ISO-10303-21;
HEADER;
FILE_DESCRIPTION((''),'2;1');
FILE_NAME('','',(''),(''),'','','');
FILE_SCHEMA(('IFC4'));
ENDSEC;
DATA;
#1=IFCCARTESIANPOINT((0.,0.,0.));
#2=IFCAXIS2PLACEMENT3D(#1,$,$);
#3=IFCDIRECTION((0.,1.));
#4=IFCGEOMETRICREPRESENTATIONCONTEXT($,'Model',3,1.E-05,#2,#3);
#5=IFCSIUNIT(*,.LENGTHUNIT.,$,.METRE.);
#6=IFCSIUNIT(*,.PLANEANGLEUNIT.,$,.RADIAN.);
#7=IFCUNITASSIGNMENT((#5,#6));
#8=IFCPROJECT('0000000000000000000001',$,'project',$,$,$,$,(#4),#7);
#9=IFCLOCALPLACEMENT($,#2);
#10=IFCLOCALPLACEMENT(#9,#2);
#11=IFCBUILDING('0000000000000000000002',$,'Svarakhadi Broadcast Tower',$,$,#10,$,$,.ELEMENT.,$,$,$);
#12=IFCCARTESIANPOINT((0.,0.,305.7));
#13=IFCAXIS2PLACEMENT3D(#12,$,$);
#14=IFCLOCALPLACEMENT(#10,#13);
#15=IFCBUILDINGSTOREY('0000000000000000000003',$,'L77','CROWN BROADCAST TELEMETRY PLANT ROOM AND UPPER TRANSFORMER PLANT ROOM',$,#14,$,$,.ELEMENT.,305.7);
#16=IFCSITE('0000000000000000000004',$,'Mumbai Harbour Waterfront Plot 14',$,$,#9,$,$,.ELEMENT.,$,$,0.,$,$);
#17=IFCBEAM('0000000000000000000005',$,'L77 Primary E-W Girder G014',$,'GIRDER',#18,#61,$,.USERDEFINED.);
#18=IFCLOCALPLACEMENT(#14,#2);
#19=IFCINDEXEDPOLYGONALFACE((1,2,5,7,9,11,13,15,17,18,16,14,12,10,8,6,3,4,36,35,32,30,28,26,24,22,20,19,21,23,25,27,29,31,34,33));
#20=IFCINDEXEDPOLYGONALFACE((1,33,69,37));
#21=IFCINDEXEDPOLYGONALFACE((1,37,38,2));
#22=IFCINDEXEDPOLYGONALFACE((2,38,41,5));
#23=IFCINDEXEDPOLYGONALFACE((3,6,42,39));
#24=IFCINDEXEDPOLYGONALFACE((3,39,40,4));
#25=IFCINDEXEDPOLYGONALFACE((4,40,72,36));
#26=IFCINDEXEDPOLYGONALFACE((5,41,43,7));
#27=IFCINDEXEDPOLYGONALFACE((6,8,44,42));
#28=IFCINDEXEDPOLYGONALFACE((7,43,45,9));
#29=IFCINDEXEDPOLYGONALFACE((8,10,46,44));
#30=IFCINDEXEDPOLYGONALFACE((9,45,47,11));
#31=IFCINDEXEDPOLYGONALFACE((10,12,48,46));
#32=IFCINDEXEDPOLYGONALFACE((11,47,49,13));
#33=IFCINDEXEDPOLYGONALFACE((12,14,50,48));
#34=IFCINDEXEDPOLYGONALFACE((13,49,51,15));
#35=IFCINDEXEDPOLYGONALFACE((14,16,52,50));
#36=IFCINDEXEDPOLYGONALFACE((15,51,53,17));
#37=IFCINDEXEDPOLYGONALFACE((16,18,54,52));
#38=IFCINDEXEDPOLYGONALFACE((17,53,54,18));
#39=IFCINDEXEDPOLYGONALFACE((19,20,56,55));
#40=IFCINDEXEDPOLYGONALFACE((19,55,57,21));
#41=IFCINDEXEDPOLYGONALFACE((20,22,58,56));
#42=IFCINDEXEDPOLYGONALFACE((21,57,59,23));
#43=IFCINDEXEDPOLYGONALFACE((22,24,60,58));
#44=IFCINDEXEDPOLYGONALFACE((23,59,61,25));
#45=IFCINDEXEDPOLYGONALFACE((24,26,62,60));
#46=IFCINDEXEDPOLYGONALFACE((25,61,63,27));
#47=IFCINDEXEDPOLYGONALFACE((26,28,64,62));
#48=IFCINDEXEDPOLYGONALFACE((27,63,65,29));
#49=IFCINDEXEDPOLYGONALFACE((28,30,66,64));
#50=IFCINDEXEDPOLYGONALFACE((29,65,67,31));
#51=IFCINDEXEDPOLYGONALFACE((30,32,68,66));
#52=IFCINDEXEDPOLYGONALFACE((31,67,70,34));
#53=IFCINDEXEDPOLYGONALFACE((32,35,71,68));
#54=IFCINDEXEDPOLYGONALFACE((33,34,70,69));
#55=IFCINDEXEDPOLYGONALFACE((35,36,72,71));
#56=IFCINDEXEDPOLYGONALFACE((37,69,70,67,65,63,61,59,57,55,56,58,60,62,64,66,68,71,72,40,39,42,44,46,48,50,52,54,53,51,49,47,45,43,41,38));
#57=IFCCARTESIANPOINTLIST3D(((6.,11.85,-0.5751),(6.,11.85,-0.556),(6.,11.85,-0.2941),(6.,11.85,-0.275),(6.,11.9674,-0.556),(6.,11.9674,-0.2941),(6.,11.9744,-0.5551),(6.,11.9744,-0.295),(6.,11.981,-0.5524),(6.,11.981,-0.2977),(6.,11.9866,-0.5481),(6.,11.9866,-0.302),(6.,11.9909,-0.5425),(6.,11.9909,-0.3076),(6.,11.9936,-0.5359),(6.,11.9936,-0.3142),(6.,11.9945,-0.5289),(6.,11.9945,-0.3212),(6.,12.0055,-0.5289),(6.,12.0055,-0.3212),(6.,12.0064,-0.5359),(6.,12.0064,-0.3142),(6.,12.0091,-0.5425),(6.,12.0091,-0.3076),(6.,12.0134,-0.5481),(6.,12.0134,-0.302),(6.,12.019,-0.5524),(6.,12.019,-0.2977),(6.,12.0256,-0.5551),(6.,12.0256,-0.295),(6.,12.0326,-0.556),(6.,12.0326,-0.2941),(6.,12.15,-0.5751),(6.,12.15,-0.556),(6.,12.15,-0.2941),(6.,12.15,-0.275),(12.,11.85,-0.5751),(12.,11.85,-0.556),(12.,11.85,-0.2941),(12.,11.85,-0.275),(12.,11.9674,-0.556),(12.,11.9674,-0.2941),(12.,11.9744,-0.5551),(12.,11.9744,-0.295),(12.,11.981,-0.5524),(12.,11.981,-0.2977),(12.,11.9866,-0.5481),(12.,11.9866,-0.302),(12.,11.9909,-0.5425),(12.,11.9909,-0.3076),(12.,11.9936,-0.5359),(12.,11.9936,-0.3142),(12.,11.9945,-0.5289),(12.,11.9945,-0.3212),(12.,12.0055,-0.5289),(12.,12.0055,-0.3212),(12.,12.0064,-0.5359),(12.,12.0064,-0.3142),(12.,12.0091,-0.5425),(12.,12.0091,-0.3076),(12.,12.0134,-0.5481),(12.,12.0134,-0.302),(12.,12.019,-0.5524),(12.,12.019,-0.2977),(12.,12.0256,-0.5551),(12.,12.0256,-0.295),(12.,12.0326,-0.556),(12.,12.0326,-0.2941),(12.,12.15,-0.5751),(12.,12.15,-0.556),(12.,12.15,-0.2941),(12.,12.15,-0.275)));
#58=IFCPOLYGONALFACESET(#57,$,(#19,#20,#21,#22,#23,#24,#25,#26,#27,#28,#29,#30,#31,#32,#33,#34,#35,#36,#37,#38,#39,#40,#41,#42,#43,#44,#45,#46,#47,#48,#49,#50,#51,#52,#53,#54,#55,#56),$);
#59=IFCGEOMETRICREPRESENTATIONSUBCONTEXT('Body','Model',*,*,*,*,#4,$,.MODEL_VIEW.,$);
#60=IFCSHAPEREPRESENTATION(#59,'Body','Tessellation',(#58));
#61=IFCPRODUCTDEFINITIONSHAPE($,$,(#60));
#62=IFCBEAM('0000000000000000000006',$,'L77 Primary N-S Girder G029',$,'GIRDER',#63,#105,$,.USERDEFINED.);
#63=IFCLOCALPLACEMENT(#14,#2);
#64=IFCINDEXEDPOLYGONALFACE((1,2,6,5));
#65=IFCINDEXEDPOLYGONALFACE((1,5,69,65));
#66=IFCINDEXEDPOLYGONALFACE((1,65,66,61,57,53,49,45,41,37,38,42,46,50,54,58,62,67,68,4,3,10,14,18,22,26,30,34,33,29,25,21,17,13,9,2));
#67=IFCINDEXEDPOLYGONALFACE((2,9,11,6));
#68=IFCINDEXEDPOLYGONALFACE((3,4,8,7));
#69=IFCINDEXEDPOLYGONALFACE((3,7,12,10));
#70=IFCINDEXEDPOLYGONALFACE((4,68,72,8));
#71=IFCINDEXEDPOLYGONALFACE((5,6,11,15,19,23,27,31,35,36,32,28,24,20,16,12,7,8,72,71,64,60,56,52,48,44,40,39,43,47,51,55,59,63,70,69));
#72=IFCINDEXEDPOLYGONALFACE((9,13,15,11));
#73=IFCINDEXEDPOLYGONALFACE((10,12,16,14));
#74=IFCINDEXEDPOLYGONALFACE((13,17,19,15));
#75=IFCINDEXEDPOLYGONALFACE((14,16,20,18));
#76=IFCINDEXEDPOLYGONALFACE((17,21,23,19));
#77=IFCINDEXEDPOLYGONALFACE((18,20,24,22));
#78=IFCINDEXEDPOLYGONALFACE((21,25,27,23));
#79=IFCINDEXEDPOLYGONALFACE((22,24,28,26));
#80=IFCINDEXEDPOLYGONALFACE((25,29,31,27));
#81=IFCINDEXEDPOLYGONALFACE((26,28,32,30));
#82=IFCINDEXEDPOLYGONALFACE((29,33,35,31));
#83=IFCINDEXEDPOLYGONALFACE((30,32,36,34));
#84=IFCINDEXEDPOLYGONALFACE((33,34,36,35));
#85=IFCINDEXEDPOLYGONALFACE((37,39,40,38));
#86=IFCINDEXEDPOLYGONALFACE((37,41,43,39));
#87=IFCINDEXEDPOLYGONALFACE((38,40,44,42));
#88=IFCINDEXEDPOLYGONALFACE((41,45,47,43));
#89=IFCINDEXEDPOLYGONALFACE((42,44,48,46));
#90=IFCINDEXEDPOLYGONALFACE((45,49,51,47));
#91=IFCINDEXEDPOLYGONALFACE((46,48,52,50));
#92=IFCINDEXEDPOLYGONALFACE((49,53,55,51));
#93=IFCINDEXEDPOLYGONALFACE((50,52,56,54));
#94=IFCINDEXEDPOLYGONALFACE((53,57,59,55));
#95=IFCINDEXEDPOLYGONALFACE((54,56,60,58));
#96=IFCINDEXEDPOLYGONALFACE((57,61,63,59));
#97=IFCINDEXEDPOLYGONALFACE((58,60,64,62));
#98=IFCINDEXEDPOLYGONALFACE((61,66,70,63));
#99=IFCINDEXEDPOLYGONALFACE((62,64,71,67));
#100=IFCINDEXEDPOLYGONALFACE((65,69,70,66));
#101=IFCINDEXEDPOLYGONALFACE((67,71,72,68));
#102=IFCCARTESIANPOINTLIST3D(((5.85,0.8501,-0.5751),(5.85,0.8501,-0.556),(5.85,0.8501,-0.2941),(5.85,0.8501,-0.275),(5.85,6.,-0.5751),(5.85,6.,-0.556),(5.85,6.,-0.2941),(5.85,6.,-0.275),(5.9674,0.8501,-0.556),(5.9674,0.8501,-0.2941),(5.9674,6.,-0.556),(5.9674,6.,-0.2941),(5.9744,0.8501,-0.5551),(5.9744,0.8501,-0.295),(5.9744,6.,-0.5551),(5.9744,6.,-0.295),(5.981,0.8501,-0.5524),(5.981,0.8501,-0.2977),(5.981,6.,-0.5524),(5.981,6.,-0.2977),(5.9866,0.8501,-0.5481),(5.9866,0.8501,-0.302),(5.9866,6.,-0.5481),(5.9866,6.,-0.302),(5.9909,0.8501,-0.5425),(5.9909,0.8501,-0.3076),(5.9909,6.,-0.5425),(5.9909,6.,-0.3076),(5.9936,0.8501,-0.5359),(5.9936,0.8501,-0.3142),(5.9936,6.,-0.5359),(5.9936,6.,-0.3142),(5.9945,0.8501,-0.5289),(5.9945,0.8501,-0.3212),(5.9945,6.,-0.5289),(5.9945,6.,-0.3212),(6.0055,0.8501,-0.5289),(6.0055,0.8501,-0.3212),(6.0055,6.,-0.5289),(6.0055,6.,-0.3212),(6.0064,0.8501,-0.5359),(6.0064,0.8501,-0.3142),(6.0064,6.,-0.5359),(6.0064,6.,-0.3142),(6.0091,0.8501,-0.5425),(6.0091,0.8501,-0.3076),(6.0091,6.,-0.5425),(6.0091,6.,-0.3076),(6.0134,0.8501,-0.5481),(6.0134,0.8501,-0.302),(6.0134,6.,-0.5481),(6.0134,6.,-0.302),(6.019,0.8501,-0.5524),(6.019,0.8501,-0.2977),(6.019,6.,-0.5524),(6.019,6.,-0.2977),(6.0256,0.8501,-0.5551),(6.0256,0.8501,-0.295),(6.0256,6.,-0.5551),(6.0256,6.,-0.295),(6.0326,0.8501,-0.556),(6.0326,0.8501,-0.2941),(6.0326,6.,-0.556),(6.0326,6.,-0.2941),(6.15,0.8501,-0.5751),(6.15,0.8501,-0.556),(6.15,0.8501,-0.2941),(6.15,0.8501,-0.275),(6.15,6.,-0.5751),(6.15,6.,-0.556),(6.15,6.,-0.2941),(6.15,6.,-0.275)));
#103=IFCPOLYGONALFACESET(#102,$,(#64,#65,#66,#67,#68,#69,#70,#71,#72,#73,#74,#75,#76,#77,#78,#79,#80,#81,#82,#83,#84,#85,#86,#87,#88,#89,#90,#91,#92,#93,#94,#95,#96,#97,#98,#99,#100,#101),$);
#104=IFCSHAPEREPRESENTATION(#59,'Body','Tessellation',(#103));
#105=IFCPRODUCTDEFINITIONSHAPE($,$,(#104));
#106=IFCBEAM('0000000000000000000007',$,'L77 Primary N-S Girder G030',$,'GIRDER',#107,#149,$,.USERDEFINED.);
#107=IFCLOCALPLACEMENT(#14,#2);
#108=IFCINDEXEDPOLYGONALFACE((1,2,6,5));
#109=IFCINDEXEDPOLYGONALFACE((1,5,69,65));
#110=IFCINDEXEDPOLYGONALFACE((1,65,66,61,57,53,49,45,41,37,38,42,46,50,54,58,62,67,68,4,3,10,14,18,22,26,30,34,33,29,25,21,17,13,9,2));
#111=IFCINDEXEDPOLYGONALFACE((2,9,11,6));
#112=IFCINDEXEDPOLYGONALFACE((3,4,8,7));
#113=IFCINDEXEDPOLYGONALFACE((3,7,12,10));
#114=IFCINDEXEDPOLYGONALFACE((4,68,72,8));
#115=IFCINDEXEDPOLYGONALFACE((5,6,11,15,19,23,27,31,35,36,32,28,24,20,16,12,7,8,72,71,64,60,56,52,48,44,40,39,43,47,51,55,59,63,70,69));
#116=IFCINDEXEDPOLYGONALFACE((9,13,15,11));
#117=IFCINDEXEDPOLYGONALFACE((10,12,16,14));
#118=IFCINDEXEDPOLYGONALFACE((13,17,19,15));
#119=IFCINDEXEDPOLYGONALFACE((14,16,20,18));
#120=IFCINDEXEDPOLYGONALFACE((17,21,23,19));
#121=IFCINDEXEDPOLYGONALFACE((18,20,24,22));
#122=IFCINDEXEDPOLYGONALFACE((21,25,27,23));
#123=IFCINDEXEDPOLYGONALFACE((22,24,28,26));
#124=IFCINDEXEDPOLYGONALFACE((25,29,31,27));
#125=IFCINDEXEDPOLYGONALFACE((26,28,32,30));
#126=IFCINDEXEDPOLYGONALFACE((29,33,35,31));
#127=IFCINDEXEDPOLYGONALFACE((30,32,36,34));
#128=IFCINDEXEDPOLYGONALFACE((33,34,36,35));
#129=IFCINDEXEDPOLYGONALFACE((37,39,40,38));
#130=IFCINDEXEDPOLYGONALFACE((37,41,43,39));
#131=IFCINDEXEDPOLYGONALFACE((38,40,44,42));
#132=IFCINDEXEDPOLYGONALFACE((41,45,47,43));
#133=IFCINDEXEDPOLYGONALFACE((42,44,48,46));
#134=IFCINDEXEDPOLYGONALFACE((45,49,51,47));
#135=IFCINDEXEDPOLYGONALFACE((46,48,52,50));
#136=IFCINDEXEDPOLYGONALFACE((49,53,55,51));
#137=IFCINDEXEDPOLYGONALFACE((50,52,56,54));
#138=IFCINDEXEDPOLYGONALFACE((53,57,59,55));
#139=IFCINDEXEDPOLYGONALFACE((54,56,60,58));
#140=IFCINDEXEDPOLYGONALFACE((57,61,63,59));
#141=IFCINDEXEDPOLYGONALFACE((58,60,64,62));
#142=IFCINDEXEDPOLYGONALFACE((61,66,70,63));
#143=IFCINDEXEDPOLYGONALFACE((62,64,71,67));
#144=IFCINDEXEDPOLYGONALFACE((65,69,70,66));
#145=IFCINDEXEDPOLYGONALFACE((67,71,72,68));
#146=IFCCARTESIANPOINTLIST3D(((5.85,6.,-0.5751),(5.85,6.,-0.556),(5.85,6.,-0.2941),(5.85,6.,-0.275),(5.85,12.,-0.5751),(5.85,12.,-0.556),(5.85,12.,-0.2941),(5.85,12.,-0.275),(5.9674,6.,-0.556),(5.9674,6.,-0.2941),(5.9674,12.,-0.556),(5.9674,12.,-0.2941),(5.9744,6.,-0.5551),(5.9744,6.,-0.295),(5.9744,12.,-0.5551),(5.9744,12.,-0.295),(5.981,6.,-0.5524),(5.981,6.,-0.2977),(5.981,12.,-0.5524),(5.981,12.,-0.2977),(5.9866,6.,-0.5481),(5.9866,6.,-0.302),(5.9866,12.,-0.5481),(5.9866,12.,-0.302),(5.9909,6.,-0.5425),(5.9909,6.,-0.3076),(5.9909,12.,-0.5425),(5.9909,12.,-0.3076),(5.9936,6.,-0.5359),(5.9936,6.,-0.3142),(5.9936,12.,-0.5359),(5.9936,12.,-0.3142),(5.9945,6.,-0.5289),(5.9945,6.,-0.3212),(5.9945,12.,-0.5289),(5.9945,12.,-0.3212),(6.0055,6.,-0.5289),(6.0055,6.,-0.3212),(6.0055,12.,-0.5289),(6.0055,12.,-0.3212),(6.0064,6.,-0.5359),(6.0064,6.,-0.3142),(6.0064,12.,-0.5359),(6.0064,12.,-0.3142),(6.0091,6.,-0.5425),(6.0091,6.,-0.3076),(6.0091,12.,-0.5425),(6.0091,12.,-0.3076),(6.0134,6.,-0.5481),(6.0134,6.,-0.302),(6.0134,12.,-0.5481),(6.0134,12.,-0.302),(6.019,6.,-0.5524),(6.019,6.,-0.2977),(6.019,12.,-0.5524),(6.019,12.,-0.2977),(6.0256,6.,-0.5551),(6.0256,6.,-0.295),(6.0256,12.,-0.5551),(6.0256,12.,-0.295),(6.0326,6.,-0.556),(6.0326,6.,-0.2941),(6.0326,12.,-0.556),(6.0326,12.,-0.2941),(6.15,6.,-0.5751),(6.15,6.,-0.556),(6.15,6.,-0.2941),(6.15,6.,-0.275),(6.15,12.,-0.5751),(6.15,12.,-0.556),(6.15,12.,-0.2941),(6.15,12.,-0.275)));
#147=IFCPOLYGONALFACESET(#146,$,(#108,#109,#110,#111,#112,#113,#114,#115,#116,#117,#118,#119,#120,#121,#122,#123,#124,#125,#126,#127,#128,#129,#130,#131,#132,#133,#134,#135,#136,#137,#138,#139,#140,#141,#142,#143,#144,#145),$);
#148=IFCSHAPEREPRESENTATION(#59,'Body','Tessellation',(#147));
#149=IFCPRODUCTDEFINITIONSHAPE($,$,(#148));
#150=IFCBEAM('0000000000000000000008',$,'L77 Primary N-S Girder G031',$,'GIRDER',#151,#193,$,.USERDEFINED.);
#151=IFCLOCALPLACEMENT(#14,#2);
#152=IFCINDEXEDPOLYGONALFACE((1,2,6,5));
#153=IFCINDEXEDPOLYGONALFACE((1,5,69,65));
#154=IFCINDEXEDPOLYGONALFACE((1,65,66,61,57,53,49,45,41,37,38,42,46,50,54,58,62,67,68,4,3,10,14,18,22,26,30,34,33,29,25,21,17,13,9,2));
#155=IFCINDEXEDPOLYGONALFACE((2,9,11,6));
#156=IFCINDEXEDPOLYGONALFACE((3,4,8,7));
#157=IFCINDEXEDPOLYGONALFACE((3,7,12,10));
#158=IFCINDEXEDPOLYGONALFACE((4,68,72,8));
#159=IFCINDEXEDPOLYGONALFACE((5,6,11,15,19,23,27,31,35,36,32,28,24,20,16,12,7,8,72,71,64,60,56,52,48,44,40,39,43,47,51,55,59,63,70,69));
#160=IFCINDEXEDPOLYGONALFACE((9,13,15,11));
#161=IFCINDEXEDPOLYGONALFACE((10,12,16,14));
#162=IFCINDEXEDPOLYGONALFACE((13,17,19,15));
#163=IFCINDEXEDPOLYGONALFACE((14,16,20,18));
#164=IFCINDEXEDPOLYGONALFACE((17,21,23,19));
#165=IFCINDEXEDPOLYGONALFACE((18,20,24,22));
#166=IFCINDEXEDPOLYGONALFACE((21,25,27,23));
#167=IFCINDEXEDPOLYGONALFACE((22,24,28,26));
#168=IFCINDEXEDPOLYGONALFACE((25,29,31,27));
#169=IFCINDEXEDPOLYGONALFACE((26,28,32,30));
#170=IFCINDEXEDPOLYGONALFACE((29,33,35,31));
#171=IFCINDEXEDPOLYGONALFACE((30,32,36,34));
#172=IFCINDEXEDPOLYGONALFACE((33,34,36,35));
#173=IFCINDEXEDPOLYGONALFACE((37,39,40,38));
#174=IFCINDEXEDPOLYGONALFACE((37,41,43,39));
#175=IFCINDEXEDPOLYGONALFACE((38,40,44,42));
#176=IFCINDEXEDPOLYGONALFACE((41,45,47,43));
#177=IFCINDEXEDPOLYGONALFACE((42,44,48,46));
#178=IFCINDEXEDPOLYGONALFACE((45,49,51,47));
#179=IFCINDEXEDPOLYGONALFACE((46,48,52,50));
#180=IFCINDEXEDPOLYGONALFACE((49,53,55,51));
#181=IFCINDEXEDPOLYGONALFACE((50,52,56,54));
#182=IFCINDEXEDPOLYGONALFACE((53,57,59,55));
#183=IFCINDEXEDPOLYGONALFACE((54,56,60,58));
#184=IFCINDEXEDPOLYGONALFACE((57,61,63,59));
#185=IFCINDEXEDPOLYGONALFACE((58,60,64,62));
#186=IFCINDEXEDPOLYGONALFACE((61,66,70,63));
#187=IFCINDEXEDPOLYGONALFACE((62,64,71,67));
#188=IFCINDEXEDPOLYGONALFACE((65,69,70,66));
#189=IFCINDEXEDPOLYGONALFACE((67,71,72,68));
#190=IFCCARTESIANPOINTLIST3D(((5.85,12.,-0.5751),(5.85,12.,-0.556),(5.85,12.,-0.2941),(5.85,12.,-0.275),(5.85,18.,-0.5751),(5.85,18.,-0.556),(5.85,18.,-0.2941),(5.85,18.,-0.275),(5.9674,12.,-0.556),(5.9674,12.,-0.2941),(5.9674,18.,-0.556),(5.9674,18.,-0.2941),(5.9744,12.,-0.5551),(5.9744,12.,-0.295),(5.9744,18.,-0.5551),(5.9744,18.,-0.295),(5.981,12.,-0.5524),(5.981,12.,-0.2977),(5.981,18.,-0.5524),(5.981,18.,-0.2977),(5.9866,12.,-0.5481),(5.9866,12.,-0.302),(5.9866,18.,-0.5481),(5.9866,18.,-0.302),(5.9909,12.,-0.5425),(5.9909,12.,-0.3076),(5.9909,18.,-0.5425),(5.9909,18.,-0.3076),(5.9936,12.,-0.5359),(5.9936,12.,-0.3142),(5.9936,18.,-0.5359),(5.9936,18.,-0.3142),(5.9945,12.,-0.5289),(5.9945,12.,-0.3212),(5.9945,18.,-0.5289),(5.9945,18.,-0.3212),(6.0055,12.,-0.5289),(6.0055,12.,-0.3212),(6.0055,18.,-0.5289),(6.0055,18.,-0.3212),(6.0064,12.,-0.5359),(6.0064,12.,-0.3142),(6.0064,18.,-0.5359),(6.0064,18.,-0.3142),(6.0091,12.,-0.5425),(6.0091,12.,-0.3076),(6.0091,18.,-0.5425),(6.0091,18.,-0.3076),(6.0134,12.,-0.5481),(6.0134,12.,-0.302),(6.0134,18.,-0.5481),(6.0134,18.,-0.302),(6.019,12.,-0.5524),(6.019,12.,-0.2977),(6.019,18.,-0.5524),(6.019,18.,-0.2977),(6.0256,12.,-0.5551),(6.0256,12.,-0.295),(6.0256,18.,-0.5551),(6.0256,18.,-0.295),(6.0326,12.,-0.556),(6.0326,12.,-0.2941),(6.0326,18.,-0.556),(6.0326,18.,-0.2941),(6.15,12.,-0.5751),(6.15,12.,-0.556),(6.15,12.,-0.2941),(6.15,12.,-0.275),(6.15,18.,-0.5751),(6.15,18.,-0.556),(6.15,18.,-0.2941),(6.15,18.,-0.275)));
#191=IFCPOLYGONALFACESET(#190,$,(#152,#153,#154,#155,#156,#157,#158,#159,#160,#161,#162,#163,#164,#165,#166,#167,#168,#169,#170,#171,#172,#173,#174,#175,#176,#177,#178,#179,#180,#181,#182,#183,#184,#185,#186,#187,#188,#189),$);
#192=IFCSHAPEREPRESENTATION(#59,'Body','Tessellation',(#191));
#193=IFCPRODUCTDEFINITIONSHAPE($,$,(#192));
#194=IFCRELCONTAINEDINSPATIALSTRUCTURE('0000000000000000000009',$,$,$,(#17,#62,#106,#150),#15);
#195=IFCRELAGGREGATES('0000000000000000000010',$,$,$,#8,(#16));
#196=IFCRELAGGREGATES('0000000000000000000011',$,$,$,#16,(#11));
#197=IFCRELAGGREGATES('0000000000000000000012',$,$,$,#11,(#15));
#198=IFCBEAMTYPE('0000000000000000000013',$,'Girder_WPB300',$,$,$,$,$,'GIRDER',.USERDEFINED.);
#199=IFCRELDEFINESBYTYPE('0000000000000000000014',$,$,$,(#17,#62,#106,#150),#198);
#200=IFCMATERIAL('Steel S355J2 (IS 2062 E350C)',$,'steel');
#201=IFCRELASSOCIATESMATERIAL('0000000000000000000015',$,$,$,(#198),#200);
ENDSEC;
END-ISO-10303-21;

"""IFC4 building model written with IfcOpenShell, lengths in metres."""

from ifc_helpers import new_model, si_unit, direction, frame, origin, origin_2d, place, context, subcontext, project, spatial, i_section, extrude, material, material_profile, profile_set, type_object, element, save


model = new_model("IFC4")

# Units and contexts
model_context = context("Model", 3, precision=1e-05, world=origin(), true_north=direction((0.0, 1.0)))
body_context = subcontext(model_context, "Body", "Model", "MODEL_VIEW")
ifc_project = project(units=[si_unit("LENGTHUNIT", "METRE"), si_unit("PLANEANGLEUNIT", "RADIAN")], contexts=[model_context])

# Site, building, storey
site_placement = place(None, origin())
site = spatial("IfcSite", under=ifc_project, at=site_placement, Name="Mumbai Harbour Waterfront Plot 14", CompositionType="ELEMENT", RefElevation=0.0)
building_placement = place(site_placement, origin())
building = spatial("IfcBuilding", under=site, at=building_placement, Name="Svarakhadi Broadcast Tower", CompositionType="ELEMENT")
storey_placement = place(building_placement, frame((0.0, 0.0, 305.7)))
storey = spatial("IfcBuildingStorey", under=building, at=storey_placement, Name="L77", Description="CROWN BROADCAST TELEMETRY PLANT ROOM AND UPPER TRANSFORMER PLANT ROOM", CompositionType="ELEMENT", Elevation=305.7)

# Shared definitions
ifc_material_1 = material(Name="Steel S355J2 (IS 2062 E350C)", Category="steel")

# Beams
ifc_material_profile_1 = material_profile(ifc_material_1, i_section(OverallWidth=0.3, OverallDepth=0.3, WebThickness=0.011, FlangeThickness=0.019, FilletRadius=0.0271, at=origin_2d()), Name="WPB 300x300x117")
ifc_profile_set_1 = profile_set([ifc_material_profile_1], Name="Steel S355J2 (IS 2062 E350C)")
beam_type_1 = type_object("IfcBeamType", Name="Girder_WPB300", ElementType="GIRDER", PredefinedType="USERDEFINED", material=ifc_profile_set_1)
for number, where, z_axis, x_axis, name in (
    (1, (6.0, 12.0, -0.425), (1.0, 0.0, 0.0), (0.0, 1.0, 0.0), "L77 Primary E-W Girder G014"),
):
    element("IfcBeam", number, at=place(storey_placement, frame(where, z_axis=z_axis, x_axis=x_axis)), inside=storey, type_object=beam_type_1, Name=name, ObjectType="GIRDER", PredefinedType="USERDEFINED", context=body_context, shape_type="SweptSolid", body=[
        extrude(i_section(OverallWidth=0.3, OverallDepth=0.3, WebThickness=0.011, FlangeThickness=0.019, FilletRadius=0.0271, at=origin_2d()), origin(), (0.0, 0.0, 1.0), 6.0),
    ])
beam_1_placement = place(storey_placement, frame((6.0, 0.8501, -0.425), z_axis=(0.0, 1.0, 0.0), x_axis=(-1.0, 0.0, 0.0)))
element("IfcBeam", 2, at=beam_1_placement, inside=storey, type_object=beam_type_1, Name="L77 Primary N-S Girder G029", ObjectType="GIRDER", PredefinedType="USERDEFINED", context=body_context, shape_type="SweptSolid", body=[
    extrude(i_section(OverallWidth=0.3, OverallDepth=0.3, WebThickness=0.011, FlangeThickness=0.019, FilletRadius=0.0271, at=origin_2d()), origin(), (0.0, 0.0, 1.0), 5.1499),
])
for number, where, z_axis, x_axis, name in (
    (3, (6.0, 6.0, -0.425), (0.0, 1.0, 0.0), (-1.0, 0.0, 0.0), "L77 Primary N-S Girder G030"),
    (4, (6.0, 12.0, -0.425), (0.0, 1.0, 0.0), (-1.0, 0.0, 0.0), "L77 Primary N-S Girder G031"),
):
    element("IfcBeam", number, at=place(storey_placement, frame(where, z_axis=z_axis, x_axis=x_axis)), inside=storey, type_object=beam_type_1, Name=name, ObjectType="GIRDER", PredefinedType="USERDEFINED", context=body_context, shape_type="SweptSolid", body=[
        extrude(i_section(OverallWidth=0.3, OverallDepth=0.3, WebThickness=0.011, FlangeThickness=0.019, FilletRadius=0.0271, at=origin_2d()), origin(), (0.0, 0.0, 1.0), 6.0),
    ])

save(model, "model.ifc")
